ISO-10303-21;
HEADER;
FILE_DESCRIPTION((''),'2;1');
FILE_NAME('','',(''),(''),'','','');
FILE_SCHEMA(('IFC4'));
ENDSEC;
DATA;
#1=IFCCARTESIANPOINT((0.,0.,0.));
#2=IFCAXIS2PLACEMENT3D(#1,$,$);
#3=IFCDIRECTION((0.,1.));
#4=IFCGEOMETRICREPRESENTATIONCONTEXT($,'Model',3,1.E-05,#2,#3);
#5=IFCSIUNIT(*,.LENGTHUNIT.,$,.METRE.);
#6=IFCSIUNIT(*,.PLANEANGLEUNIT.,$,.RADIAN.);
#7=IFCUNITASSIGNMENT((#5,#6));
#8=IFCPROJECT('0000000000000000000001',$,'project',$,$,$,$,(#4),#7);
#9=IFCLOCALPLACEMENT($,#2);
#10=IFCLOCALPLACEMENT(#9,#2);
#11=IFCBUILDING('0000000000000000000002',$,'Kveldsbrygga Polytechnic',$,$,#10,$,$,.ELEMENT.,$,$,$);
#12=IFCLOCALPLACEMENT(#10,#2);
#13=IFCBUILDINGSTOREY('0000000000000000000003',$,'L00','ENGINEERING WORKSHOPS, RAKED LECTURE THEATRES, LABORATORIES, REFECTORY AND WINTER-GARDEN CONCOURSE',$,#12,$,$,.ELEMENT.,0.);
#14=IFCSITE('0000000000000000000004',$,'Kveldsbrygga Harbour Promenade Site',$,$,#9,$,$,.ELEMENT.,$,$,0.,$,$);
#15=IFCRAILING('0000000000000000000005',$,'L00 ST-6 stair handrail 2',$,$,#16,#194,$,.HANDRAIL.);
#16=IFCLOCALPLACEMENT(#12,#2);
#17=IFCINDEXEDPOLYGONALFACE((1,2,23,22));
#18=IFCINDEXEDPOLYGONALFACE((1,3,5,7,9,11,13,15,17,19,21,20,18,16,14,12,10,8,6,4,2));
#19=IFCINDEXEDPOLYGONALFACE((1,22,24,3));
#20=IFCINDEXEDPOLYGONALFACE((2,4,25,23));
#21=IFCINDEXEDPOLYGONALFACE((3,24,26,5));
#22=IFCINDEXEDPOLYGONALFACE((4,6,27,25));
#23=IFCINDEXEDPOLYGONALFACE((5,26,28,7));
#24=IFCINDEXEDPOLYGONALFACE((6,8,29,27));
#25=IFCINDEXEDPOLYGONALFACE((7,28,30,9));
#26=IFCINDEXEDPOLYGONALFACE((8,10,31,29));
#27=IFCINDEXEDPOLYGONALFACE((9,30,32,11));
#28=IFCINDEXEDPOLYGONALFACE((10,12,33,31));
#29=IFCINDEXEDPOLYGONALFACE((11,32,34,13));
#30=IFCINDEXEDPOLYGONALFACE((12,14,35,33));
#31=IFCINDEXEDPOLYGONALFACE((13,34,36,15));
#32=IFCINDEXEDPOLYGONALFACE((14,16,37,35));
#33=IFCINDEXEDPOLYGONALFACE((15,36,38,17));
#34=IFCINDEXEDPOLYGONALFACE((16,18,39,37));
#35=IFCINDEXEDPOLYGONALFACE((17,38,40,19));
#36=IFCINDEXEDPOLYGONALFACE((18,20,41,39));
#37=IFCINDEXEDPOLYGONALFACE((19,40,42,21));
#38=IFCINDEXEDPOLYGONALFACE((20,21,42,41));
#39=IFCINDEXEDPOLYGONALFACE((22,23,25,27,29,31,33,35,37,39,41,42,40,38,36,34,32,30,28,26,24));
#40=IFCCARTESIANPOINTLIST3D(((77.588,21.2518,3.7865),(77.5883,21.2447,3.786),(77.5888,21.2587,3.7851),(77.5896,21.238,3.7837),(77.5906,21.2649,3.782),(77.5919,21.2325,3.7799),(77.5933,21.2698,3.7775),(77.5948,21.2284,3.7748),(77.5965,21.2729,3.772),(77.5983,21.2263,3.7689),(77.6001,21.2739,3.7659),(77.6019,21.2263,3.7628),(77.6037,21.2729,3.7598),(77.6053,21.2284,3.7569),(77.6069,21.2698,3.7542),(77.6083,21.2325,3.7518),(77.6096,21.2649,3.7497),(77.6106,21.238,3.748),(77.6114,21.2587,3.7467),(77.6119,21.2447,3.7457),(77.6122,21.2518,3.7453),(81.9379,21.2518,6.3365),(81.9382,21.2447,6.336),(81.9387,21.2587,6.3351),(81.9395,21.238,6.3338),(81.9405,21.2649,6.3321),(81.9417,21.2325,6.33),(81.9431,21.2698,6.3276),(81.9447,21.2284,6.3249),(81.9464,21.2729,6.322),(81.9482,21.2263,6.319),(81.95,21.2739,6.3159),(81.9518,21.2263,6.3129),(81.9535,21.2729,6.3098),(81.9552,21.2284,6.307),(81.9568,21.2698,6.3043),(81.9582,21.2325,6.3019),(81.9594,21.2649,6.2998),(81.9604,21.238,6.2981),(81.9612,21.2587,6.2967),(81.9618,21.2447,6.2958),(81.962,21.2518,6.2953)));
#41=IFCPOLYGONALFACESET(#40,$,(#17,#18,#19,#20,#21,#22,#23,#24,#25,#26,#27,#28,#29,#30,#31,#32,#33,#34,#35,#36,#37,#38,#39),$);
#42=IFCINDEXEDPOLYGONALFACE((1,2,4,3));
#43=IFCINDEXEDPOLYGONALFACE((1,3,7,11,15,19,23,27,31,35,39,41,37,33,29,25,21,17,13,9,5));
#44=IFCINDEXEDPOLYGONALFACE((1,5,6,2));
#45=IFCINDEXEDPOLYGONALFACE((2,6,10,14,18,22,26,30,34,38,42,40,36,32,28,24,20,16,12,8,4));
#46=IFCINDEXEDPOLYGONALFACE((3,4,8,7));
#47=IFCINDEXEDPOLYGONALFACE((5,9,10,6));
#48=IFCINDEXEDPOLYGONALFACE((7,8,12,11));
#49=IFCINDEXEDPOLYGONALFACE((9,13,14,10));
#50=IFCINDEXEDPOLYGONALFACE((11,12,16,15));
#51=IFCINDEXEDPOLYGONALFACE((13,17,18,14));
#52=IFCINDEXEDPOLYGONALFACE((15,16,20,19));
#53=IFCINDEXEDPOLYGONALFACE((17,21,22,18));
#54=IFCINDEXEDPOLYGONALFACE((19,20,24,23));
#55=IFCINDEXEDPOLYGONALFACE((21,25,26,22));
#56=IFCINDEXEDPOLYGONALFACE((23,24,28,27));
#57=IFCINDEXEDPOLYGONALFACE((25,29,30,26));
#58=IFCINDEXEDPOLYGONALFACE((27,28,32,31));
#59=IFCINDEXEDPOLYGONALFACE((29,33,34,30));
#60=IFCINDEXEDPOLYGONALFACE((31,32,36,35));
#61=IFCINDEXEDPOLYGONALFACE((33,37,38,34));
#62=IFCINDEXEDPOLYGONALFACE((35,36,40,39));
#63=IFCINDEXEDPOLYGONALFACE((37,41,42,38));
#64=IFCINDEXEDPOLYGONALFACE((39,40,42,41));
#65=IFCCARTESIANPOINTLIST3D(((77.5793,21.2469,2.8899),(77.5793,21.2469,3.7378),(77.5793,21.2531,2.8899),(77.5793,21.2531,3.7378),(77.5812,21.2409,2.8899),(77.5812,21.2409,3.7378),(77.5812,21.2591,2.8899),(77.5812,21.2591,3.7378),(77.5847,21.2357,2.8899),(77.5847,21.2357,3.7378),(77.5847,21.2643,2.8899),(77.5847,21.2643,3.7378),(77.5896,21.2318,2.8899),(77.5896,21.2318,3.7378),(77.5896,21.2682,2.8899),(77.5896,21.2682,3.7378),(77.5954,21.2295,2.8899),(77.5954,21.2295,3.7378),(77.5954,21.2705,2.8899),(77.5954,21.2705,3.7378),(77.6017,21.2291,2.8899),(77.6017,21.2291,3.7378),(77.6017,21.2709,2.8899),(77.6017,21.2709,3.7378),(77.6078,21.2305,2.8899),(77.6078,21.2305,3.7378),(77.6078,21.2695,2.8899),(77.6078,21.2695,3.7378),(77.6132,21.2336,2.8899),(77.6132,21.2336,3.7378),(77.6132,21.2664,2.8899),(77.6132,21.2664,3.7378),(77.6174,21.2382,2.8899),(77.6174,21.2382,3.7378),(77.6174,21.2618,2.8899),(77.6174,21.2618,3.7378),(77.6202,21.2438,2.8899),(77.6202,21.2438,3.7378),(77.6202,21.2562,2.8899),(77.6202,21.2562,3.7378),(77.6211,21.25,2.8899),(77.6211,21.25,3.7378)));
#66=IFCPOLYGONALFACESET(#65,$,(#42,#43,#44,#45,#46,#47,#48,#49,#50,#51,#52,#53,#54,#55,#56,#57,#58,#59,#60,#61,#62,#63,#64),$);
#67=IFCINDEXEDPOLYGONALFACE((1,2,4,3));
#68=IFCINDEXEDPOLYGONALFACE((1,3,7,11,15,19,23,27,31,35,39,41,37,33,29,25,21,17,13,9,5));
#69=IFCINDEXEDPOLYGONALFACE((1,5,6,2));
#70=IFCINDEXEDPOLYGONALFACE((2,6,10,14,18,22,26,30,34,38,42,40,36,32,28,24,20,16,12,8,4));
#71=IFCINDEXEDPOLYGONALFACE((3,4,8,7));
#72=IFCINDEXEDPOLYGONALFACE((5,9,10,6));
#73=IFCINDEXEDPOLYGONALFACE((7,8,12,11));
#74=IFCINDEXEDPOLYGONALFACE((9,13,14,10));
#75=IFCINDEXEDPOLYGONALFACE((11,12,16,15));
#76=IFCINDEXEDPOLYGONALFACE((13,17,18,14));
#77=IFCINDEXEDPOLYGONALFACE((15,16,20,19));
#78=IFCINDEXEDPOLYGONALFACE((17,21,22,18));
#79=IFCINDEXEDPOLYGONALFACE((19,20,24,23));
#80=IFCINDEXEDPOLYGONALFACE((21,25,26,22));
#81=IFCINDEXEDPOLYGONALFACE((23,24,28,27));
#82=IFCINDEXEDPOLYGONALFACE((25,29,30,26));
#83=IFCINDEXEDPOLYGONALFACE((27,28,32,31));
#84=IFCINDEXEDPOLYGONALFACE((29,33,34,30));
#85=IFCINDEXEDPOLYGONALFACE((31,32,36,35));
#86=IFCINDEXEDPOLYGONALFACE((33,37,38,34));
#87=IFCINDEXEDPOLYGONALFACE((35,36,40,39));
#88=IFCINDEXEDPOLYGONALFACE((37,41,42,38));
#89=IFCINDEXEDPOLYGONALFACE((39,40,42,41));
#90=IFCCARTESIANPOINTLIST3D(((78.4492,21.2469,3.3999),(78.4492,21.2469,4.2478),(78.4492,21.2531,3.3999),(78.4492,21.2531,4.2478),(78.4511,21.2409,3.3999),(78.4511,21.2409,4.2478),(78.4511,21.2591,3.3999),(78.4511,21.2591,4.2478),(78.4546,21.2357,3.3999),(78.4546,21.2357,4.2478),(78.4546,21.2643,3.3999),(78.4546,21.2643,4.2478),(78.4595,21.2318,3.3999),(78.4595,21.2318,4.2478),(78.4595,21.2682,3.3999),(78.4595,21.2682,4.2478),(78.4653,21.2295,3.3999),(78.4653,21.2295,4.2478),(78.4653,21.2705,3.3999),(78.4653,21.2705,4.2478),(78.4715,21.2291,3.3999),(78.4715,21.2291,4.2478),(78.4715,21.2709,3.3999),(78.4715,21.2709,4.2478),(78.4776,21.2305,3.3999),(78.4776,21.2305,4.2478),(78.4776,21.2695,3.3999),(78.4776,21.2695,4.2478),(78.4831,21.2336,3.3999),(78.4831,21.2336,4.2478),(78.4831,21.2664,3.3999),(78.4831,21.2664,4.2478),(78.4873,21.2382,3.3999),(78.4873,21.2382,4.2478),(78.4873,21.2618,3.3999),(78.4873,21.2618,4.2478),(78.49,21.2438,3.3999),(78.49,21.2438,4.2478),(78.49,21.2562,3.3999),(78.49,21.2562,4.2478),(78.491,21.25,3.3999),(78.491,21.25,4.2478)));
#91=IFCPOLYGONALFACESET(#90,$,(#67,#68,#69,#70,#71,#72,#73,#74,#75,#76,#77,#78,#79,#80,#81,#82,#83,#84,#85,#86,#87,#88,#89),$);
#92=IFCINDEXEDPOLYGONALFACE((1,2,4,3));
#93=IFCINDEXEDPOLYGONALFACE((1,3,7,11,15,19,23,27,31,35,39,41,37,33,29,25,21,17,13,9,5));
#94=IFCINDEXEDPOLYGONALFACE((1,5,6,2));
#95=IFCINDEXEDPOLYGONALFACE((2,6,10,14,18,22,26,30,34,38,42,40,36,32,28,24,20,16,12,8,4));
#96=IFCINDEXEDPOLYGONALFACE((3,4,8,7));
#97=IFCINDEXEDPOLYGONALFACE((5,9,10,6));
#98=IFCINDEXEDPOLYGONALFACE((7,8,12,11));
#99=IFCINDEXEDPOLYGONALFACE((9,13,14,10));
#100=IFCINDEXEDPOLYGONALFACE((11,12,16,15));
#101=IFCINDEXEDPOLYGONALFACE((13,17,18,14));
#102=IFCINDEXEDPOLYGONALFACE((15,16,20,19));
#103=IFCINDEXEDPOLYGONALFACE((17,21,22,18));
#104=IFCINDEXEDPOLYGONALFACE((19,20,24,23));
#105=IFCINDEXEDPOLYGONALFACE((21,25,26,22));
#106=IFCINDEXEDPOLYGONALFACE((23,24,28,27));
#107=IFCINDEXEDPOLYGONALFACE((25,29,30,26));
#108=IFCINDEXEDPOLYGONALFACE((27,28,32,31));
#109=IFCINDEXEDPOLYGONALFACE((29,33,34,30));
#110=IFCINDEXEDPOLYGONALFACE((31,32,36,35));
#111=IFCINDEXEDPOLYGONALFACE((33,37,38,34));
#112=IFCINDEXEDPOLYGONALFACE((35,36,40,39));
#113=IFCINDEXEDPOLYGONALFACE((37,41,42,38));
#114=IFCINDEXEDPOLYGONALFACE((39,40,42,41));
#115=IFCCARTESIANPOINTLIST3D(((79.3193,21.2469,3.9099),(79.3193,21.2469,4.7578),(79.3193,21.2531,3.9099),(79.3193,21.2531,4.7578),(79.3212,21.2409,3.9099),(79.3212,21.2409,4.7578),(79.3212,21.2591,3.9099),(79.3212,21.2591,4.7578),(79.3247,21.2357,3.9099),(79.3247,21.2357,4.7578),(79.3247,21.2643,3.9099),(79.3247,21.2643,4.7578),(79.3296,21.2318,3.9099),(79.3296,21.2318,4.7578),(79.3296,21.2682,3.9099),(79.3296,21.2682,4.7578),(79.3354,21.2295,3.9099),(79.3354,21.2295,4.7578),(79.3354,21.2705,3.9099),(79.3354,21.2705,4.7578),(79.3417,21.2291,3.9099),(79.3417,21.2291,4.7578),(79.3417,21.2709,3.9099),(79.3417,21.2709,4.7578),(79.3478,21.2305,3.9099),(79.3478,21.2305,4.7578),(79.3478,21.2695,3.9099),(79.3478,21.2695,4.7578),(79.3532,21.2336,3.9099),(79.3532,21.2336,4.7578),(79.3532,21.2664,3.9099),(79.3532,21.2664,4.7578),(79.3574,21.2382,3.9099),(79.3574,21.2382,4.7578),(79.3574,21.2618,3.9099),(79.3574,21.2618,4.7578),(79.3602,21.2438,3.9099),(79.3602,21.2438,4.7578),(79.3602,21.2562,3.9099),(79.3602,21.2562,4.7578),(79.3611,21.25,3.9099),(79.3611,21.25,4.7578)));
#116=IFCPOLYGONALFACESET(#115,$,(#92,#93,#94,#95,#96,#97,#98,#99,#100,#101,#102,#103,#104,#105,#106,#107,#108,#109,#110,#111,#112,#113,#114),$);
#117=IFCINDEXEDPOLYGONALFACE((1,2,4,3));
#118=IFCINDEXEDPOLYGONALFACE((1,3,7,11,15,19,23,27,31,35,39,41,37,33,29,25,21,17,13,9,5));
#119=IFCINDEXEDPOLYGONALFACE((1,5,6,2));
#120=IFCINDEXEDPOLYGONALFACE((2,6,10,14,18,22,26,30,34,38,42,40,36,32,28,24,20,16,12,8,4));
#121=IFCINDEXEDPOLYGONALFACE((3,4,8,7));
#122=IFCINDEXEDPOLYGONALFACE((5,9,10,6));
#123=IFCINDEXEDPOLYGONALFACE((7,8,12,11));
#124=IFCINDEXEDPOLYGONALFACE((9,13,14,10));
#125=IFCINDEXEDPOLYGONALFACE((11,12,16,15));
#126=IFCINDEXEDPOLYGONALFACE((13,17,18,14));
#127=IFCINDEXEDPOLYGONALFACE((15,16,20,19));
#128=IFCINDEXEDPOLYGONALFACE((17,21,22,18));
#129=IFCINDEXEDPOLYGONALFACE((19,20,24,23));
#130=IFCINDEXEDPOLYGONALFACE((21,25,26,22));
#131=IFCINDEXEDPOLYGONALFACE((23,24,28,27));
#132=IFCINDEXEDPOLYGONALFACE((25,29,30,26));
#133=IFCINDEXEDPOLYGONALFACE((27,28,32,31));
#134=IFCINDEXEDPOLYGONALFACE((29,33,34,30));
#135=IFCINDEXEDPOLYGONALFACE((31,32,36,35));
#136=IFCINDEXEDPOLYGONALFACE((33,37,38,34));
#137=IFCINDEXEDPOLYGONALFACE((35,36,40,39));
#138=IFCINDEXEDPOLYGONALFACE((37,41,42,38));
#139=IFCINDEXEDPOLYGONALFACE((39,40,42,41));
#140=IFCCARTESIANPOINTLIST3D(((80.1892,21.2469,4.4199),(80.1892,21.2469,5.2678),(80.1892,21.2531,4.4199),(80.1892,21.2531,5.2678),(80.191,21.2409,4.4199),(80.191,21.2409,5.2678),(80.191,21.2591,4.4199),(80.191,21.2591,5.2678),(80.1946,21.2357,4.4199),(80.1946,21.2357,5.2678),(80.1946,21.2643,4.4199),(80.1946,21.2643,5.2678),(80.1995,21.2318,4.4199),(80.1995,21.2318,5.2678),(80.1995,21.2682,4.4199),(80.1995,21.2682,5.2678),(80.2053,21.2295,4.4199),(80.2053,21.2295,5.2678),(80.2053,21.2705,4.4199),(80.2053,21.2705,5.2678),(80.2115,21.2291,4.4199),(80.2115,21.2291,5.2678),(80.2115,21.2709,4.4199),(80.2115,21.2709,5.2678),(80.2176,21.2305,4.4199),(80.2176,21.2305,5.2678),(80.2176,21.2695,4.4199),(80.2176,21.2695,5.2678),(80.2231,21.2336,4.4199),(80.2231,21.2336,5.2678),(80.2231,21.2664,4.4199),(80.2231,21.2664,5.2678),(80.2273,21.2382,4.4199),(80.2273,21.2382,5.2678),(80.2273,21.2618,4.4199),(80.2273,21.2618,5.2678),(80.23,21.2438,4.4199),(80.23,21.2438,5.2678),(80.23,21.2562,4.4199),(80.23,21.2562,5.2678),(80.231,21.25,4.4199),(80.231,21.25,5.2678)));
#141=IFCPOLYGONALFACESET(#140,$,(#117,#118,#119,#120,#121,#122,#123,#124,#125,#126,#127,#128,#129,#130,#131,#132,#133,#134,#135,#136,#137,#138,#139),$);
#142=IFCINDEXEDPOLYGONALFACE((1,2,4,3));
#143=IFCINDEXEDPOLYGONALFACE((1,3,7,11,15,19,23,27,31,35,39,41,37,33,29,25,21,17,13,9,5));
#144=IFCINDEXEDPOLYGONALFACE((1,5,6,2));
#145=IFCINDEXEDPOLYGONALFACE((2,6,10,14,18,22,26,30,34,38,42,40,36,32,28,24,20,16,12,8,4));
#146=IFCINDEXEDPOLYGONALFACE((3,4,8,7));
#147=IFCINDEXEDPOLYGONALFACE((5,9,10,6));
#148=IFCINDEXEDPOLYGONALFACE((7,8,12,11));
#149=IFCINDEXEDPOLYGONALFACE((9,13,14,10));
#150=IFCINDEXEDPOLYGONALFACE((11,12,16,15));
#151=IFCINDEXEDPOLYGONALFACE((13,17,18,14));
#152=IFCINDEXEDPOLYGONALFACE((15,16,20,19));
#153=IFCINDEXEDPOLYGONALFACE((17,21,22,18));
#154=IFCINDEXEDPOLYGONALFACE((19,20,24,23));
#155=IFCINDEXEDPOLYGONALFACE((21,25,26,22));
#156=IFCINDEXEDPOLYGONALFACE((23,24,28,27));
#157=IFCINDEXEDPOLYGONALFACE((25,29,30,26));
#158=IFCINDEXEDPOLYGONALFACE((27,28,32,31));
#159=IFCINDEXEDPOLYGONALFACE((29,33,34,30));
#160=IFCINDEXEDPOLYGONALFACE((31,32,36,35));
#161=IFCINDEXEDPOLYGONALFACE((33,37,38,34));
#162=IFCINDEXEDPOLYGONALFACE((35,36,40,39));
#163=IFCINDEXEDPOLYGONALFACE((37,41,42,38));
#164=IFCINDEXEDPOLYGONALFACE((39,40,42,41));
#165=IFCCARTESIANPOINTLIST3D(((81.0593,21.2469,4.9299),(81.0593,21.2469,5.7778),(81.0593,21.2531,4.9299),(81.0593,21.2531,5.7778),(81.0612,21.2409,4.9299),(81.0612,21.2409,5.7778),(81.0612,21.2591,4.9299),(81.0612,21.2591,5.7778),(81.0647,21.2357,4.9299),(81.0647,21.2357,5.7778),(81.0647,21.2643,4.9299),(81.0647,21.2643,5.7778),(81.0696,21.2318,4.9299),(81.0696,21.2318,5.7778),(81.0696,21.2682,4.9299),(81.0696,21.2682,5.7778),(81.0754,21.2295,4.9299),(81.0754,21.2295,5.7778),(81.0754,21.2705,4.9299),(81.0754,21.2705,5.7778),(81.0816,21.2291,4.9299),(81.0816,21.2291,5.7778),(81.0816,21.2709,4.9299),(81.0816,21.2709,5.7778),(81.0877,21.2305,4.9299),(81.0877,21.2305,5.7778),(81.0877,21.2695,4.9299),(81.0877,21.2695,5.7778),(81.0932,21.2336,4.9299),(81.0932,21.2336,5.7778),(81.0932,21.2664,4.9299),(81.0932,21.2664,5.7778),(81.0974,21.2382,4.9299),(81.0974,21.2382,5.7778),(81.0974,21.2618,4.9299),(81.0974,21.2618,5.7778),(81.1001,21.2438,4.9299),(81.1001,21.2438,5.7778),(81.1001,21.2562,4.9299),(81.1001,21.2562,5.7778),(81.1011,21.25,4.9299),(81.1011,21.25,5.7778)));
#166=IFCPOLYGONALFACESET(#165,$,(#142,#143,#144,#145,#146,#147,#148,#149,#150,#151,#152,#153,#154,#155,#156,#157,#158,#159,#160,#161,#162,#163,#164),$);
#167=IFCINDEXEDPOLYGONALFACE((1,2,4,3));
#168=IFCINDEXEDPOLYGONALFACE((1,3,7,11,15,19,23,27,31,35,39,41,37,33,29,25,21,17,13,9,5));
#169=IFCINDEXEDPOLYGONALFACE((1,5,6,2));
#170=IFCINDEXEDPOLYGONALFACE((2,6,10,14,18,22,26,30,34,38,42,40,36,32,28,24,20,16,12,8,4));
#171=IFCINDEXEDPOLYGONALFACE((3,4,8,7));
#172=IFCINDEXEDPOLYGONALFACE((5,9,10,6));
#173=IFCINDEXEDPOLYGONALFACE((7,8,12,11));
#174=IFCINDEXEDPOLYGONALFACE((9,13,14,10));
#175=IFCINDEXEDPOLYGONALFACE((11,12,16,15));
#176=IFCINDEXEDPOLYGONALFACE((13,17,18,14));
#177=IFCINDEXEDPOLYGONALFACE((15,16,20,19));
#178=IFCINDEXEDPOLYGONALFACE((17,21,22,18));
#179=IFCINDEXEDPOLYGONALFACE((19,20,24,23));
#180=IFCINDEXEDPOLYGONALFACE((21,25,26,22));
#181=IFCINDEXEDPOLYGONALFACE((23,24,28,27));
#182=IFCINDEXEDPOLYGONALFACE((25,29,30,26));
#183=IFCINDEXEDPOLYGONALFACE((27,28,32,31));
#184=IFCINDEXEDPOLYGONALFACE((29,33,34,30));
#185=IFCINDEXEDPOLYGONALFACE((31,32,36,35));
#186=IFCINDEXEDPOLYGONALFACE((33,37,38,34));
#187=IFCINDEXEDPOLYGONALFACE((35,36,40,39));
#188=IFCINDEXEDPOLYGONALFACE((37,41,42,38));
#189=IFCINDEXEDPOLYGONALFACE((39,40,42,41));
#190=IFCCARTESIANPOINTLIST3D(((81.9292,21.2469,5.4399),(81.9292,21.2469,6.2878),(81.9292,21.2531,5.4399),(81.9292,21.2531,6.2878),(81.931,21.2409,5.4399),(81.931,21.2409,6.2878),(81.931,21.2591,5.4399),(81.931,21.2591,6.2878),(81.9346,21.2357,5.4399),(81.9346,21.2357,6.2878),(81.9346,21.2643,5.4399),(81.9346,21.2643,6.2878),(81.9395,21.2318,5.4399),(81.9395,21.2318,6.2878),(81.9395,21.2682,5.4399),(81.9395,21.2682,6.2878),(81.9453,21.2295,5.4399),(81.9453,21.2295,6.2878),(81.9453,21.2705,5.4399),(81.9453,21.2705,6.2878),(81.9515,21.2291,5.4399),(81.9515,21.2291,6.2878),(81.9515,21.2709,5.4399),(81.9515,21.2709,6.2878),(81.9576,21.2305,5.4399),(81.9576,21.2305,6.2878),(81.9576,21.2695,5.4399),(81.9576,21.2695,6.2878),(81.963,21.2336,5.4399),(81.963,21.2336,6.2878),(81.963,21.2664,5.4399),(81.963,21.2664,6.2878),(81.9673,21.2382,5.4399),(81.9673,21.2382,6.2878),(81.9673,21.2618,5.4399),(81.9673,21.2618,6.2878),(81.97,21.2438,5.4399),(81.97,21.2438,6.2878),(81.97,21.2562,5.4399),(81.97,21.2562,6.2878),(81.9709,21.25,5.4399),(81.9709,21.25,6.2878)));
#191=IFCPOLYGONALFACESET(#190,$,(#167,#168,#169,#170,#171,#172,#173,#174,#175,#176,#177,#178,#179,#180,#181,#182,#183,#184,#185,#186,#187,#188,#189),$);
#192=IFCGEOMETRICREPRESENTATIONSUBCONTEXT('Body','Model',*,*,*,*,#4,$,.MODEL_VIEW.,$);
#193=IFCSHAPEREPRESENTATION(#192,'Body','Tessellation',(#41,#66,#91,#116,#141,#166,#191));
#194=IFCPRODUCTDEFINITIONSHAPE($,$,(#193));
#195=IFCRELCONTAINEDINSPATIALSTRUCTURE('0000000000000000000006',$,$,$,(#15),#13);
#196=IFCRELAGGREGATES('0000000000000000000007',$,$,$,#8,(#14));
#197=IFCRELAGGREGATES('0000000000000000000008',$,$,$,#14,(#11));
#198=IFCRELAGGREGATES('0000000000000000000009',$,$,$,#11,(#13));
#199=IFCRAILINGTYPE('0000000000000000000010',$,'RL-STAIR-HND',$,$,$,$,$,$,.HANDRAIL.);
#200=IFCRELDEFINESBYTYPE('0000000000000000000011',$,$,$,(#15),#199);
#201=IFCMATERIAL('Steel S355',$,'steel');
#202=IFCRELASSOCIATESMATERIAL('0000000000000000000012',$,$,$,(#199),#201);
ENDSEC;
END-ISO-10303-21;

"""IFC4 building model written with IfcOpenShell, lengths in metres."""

from ifc_helpers import new_model, si_unit, direction, frame, origin, origin_2d, place, context, subcontext, project, spatial, circle, extrude, material, type_object, element, save


model = new_model("IFC4")

# Units and contexts
model_context = context("Model", 3, precision=1e-05, world=origin(), true_north=direction((0.0, 1.0)))
body_context = subcontext(model_context, "Body", "Model", "MODEL_VIEW")
ifc_project = project(units=[si_unit("LENGTHUNIT", "METRE"), si_unit("PLANEANGLEUNIT", "RADIAN")], contexts=[model_context])

# Site, building, storey
site_placement = place(None, origin())
site = spatial("IfcSite", under=ifc_project, at=site_placement, Name="Kveldsbrygga Harbour Promenade Site", CompositionType="ELEMENT", RefElevation=0.0)
building_placement = place(site_placement, origin())
building = spatial("IfcBuilding", under=site, at=building_placement, Name="Kveldsbrygga Polytechnic", CompositionType="ELEMENT")
storey_placement = place(building_placement, origin())
storey = spatial("IfcBuildingStorey", under=building, at=storey_placement, Name="L00", Description="ENGINEERING WORKSHOPS, RAKED LECTURE THEATRES, LABORATORIES, REFECTORY AND WINTER-GARDEN CONCOURSE", CompositionType="ELEMENT", Elevation=0.0)

# Railing
ifc_material_1 = material(Name="Steel S355", Category="steel")
railing_type_1 = type_object("IfcRailingType", Name="RL-STAIR-HND", PredefinedType="HANDRAIL", material=ifc_material_1)
railing_1_placement = place(storey_placement, frame((77.6001, 21.25, 2.8899)))
element("IfcRailing", 1, at=railing_1_placement, inside=storey, type_object=railing_type_1, Name="L00 ST-6 stair handrail 2", PredefinedType="HANDRAIL", context=body_context, shape_type="SweptSolid", body=[
    extrude(circle(Radius=0.0239, at=origin_2d()), frame((0.0, 0.0, 0.876), z_axis=(0.862686, 0.0, 0.505739), x_axis=(0.0, 1.0, 0.0)), (0.0, 0.0, 1.0), 5.0422),
    extrude(circle(Radius=0.021, at=origin_2d()), origin(), (0.0, 0.0, 1.0), 0.8479),
    extrude(circle(Radius=0.021, at=origin_2d()), frame((0.8699, 0.0, 0.51)), (0.0, 0.0, 1.0), 0.8479),
    extrude(circle(Radius=0.021, at=origin_2d()), frame((1.74, 0.0, 1.02)), (0.0, 0.0, 1.0), 0.8479),
    extrude(circle(Radius=0.021, at=origin_2d()), frame((2.6099, 0.0, 1.53)), (0.0, 0.0, 1.0), 0.8479),
    extrude(circle(Radius=0.021, at=origin_2d()), frame((3.48, 0.0, 2.04)), (0.0, 0.0, 1.0), 0.8479),
    extrude(circle(Radius=0.021, at=origin_2d()), frame((4.3499, 0.0, 2.55)), (0.0, 0.0, 1.0), 0.8479),
])

save(model, "model.ifc")
